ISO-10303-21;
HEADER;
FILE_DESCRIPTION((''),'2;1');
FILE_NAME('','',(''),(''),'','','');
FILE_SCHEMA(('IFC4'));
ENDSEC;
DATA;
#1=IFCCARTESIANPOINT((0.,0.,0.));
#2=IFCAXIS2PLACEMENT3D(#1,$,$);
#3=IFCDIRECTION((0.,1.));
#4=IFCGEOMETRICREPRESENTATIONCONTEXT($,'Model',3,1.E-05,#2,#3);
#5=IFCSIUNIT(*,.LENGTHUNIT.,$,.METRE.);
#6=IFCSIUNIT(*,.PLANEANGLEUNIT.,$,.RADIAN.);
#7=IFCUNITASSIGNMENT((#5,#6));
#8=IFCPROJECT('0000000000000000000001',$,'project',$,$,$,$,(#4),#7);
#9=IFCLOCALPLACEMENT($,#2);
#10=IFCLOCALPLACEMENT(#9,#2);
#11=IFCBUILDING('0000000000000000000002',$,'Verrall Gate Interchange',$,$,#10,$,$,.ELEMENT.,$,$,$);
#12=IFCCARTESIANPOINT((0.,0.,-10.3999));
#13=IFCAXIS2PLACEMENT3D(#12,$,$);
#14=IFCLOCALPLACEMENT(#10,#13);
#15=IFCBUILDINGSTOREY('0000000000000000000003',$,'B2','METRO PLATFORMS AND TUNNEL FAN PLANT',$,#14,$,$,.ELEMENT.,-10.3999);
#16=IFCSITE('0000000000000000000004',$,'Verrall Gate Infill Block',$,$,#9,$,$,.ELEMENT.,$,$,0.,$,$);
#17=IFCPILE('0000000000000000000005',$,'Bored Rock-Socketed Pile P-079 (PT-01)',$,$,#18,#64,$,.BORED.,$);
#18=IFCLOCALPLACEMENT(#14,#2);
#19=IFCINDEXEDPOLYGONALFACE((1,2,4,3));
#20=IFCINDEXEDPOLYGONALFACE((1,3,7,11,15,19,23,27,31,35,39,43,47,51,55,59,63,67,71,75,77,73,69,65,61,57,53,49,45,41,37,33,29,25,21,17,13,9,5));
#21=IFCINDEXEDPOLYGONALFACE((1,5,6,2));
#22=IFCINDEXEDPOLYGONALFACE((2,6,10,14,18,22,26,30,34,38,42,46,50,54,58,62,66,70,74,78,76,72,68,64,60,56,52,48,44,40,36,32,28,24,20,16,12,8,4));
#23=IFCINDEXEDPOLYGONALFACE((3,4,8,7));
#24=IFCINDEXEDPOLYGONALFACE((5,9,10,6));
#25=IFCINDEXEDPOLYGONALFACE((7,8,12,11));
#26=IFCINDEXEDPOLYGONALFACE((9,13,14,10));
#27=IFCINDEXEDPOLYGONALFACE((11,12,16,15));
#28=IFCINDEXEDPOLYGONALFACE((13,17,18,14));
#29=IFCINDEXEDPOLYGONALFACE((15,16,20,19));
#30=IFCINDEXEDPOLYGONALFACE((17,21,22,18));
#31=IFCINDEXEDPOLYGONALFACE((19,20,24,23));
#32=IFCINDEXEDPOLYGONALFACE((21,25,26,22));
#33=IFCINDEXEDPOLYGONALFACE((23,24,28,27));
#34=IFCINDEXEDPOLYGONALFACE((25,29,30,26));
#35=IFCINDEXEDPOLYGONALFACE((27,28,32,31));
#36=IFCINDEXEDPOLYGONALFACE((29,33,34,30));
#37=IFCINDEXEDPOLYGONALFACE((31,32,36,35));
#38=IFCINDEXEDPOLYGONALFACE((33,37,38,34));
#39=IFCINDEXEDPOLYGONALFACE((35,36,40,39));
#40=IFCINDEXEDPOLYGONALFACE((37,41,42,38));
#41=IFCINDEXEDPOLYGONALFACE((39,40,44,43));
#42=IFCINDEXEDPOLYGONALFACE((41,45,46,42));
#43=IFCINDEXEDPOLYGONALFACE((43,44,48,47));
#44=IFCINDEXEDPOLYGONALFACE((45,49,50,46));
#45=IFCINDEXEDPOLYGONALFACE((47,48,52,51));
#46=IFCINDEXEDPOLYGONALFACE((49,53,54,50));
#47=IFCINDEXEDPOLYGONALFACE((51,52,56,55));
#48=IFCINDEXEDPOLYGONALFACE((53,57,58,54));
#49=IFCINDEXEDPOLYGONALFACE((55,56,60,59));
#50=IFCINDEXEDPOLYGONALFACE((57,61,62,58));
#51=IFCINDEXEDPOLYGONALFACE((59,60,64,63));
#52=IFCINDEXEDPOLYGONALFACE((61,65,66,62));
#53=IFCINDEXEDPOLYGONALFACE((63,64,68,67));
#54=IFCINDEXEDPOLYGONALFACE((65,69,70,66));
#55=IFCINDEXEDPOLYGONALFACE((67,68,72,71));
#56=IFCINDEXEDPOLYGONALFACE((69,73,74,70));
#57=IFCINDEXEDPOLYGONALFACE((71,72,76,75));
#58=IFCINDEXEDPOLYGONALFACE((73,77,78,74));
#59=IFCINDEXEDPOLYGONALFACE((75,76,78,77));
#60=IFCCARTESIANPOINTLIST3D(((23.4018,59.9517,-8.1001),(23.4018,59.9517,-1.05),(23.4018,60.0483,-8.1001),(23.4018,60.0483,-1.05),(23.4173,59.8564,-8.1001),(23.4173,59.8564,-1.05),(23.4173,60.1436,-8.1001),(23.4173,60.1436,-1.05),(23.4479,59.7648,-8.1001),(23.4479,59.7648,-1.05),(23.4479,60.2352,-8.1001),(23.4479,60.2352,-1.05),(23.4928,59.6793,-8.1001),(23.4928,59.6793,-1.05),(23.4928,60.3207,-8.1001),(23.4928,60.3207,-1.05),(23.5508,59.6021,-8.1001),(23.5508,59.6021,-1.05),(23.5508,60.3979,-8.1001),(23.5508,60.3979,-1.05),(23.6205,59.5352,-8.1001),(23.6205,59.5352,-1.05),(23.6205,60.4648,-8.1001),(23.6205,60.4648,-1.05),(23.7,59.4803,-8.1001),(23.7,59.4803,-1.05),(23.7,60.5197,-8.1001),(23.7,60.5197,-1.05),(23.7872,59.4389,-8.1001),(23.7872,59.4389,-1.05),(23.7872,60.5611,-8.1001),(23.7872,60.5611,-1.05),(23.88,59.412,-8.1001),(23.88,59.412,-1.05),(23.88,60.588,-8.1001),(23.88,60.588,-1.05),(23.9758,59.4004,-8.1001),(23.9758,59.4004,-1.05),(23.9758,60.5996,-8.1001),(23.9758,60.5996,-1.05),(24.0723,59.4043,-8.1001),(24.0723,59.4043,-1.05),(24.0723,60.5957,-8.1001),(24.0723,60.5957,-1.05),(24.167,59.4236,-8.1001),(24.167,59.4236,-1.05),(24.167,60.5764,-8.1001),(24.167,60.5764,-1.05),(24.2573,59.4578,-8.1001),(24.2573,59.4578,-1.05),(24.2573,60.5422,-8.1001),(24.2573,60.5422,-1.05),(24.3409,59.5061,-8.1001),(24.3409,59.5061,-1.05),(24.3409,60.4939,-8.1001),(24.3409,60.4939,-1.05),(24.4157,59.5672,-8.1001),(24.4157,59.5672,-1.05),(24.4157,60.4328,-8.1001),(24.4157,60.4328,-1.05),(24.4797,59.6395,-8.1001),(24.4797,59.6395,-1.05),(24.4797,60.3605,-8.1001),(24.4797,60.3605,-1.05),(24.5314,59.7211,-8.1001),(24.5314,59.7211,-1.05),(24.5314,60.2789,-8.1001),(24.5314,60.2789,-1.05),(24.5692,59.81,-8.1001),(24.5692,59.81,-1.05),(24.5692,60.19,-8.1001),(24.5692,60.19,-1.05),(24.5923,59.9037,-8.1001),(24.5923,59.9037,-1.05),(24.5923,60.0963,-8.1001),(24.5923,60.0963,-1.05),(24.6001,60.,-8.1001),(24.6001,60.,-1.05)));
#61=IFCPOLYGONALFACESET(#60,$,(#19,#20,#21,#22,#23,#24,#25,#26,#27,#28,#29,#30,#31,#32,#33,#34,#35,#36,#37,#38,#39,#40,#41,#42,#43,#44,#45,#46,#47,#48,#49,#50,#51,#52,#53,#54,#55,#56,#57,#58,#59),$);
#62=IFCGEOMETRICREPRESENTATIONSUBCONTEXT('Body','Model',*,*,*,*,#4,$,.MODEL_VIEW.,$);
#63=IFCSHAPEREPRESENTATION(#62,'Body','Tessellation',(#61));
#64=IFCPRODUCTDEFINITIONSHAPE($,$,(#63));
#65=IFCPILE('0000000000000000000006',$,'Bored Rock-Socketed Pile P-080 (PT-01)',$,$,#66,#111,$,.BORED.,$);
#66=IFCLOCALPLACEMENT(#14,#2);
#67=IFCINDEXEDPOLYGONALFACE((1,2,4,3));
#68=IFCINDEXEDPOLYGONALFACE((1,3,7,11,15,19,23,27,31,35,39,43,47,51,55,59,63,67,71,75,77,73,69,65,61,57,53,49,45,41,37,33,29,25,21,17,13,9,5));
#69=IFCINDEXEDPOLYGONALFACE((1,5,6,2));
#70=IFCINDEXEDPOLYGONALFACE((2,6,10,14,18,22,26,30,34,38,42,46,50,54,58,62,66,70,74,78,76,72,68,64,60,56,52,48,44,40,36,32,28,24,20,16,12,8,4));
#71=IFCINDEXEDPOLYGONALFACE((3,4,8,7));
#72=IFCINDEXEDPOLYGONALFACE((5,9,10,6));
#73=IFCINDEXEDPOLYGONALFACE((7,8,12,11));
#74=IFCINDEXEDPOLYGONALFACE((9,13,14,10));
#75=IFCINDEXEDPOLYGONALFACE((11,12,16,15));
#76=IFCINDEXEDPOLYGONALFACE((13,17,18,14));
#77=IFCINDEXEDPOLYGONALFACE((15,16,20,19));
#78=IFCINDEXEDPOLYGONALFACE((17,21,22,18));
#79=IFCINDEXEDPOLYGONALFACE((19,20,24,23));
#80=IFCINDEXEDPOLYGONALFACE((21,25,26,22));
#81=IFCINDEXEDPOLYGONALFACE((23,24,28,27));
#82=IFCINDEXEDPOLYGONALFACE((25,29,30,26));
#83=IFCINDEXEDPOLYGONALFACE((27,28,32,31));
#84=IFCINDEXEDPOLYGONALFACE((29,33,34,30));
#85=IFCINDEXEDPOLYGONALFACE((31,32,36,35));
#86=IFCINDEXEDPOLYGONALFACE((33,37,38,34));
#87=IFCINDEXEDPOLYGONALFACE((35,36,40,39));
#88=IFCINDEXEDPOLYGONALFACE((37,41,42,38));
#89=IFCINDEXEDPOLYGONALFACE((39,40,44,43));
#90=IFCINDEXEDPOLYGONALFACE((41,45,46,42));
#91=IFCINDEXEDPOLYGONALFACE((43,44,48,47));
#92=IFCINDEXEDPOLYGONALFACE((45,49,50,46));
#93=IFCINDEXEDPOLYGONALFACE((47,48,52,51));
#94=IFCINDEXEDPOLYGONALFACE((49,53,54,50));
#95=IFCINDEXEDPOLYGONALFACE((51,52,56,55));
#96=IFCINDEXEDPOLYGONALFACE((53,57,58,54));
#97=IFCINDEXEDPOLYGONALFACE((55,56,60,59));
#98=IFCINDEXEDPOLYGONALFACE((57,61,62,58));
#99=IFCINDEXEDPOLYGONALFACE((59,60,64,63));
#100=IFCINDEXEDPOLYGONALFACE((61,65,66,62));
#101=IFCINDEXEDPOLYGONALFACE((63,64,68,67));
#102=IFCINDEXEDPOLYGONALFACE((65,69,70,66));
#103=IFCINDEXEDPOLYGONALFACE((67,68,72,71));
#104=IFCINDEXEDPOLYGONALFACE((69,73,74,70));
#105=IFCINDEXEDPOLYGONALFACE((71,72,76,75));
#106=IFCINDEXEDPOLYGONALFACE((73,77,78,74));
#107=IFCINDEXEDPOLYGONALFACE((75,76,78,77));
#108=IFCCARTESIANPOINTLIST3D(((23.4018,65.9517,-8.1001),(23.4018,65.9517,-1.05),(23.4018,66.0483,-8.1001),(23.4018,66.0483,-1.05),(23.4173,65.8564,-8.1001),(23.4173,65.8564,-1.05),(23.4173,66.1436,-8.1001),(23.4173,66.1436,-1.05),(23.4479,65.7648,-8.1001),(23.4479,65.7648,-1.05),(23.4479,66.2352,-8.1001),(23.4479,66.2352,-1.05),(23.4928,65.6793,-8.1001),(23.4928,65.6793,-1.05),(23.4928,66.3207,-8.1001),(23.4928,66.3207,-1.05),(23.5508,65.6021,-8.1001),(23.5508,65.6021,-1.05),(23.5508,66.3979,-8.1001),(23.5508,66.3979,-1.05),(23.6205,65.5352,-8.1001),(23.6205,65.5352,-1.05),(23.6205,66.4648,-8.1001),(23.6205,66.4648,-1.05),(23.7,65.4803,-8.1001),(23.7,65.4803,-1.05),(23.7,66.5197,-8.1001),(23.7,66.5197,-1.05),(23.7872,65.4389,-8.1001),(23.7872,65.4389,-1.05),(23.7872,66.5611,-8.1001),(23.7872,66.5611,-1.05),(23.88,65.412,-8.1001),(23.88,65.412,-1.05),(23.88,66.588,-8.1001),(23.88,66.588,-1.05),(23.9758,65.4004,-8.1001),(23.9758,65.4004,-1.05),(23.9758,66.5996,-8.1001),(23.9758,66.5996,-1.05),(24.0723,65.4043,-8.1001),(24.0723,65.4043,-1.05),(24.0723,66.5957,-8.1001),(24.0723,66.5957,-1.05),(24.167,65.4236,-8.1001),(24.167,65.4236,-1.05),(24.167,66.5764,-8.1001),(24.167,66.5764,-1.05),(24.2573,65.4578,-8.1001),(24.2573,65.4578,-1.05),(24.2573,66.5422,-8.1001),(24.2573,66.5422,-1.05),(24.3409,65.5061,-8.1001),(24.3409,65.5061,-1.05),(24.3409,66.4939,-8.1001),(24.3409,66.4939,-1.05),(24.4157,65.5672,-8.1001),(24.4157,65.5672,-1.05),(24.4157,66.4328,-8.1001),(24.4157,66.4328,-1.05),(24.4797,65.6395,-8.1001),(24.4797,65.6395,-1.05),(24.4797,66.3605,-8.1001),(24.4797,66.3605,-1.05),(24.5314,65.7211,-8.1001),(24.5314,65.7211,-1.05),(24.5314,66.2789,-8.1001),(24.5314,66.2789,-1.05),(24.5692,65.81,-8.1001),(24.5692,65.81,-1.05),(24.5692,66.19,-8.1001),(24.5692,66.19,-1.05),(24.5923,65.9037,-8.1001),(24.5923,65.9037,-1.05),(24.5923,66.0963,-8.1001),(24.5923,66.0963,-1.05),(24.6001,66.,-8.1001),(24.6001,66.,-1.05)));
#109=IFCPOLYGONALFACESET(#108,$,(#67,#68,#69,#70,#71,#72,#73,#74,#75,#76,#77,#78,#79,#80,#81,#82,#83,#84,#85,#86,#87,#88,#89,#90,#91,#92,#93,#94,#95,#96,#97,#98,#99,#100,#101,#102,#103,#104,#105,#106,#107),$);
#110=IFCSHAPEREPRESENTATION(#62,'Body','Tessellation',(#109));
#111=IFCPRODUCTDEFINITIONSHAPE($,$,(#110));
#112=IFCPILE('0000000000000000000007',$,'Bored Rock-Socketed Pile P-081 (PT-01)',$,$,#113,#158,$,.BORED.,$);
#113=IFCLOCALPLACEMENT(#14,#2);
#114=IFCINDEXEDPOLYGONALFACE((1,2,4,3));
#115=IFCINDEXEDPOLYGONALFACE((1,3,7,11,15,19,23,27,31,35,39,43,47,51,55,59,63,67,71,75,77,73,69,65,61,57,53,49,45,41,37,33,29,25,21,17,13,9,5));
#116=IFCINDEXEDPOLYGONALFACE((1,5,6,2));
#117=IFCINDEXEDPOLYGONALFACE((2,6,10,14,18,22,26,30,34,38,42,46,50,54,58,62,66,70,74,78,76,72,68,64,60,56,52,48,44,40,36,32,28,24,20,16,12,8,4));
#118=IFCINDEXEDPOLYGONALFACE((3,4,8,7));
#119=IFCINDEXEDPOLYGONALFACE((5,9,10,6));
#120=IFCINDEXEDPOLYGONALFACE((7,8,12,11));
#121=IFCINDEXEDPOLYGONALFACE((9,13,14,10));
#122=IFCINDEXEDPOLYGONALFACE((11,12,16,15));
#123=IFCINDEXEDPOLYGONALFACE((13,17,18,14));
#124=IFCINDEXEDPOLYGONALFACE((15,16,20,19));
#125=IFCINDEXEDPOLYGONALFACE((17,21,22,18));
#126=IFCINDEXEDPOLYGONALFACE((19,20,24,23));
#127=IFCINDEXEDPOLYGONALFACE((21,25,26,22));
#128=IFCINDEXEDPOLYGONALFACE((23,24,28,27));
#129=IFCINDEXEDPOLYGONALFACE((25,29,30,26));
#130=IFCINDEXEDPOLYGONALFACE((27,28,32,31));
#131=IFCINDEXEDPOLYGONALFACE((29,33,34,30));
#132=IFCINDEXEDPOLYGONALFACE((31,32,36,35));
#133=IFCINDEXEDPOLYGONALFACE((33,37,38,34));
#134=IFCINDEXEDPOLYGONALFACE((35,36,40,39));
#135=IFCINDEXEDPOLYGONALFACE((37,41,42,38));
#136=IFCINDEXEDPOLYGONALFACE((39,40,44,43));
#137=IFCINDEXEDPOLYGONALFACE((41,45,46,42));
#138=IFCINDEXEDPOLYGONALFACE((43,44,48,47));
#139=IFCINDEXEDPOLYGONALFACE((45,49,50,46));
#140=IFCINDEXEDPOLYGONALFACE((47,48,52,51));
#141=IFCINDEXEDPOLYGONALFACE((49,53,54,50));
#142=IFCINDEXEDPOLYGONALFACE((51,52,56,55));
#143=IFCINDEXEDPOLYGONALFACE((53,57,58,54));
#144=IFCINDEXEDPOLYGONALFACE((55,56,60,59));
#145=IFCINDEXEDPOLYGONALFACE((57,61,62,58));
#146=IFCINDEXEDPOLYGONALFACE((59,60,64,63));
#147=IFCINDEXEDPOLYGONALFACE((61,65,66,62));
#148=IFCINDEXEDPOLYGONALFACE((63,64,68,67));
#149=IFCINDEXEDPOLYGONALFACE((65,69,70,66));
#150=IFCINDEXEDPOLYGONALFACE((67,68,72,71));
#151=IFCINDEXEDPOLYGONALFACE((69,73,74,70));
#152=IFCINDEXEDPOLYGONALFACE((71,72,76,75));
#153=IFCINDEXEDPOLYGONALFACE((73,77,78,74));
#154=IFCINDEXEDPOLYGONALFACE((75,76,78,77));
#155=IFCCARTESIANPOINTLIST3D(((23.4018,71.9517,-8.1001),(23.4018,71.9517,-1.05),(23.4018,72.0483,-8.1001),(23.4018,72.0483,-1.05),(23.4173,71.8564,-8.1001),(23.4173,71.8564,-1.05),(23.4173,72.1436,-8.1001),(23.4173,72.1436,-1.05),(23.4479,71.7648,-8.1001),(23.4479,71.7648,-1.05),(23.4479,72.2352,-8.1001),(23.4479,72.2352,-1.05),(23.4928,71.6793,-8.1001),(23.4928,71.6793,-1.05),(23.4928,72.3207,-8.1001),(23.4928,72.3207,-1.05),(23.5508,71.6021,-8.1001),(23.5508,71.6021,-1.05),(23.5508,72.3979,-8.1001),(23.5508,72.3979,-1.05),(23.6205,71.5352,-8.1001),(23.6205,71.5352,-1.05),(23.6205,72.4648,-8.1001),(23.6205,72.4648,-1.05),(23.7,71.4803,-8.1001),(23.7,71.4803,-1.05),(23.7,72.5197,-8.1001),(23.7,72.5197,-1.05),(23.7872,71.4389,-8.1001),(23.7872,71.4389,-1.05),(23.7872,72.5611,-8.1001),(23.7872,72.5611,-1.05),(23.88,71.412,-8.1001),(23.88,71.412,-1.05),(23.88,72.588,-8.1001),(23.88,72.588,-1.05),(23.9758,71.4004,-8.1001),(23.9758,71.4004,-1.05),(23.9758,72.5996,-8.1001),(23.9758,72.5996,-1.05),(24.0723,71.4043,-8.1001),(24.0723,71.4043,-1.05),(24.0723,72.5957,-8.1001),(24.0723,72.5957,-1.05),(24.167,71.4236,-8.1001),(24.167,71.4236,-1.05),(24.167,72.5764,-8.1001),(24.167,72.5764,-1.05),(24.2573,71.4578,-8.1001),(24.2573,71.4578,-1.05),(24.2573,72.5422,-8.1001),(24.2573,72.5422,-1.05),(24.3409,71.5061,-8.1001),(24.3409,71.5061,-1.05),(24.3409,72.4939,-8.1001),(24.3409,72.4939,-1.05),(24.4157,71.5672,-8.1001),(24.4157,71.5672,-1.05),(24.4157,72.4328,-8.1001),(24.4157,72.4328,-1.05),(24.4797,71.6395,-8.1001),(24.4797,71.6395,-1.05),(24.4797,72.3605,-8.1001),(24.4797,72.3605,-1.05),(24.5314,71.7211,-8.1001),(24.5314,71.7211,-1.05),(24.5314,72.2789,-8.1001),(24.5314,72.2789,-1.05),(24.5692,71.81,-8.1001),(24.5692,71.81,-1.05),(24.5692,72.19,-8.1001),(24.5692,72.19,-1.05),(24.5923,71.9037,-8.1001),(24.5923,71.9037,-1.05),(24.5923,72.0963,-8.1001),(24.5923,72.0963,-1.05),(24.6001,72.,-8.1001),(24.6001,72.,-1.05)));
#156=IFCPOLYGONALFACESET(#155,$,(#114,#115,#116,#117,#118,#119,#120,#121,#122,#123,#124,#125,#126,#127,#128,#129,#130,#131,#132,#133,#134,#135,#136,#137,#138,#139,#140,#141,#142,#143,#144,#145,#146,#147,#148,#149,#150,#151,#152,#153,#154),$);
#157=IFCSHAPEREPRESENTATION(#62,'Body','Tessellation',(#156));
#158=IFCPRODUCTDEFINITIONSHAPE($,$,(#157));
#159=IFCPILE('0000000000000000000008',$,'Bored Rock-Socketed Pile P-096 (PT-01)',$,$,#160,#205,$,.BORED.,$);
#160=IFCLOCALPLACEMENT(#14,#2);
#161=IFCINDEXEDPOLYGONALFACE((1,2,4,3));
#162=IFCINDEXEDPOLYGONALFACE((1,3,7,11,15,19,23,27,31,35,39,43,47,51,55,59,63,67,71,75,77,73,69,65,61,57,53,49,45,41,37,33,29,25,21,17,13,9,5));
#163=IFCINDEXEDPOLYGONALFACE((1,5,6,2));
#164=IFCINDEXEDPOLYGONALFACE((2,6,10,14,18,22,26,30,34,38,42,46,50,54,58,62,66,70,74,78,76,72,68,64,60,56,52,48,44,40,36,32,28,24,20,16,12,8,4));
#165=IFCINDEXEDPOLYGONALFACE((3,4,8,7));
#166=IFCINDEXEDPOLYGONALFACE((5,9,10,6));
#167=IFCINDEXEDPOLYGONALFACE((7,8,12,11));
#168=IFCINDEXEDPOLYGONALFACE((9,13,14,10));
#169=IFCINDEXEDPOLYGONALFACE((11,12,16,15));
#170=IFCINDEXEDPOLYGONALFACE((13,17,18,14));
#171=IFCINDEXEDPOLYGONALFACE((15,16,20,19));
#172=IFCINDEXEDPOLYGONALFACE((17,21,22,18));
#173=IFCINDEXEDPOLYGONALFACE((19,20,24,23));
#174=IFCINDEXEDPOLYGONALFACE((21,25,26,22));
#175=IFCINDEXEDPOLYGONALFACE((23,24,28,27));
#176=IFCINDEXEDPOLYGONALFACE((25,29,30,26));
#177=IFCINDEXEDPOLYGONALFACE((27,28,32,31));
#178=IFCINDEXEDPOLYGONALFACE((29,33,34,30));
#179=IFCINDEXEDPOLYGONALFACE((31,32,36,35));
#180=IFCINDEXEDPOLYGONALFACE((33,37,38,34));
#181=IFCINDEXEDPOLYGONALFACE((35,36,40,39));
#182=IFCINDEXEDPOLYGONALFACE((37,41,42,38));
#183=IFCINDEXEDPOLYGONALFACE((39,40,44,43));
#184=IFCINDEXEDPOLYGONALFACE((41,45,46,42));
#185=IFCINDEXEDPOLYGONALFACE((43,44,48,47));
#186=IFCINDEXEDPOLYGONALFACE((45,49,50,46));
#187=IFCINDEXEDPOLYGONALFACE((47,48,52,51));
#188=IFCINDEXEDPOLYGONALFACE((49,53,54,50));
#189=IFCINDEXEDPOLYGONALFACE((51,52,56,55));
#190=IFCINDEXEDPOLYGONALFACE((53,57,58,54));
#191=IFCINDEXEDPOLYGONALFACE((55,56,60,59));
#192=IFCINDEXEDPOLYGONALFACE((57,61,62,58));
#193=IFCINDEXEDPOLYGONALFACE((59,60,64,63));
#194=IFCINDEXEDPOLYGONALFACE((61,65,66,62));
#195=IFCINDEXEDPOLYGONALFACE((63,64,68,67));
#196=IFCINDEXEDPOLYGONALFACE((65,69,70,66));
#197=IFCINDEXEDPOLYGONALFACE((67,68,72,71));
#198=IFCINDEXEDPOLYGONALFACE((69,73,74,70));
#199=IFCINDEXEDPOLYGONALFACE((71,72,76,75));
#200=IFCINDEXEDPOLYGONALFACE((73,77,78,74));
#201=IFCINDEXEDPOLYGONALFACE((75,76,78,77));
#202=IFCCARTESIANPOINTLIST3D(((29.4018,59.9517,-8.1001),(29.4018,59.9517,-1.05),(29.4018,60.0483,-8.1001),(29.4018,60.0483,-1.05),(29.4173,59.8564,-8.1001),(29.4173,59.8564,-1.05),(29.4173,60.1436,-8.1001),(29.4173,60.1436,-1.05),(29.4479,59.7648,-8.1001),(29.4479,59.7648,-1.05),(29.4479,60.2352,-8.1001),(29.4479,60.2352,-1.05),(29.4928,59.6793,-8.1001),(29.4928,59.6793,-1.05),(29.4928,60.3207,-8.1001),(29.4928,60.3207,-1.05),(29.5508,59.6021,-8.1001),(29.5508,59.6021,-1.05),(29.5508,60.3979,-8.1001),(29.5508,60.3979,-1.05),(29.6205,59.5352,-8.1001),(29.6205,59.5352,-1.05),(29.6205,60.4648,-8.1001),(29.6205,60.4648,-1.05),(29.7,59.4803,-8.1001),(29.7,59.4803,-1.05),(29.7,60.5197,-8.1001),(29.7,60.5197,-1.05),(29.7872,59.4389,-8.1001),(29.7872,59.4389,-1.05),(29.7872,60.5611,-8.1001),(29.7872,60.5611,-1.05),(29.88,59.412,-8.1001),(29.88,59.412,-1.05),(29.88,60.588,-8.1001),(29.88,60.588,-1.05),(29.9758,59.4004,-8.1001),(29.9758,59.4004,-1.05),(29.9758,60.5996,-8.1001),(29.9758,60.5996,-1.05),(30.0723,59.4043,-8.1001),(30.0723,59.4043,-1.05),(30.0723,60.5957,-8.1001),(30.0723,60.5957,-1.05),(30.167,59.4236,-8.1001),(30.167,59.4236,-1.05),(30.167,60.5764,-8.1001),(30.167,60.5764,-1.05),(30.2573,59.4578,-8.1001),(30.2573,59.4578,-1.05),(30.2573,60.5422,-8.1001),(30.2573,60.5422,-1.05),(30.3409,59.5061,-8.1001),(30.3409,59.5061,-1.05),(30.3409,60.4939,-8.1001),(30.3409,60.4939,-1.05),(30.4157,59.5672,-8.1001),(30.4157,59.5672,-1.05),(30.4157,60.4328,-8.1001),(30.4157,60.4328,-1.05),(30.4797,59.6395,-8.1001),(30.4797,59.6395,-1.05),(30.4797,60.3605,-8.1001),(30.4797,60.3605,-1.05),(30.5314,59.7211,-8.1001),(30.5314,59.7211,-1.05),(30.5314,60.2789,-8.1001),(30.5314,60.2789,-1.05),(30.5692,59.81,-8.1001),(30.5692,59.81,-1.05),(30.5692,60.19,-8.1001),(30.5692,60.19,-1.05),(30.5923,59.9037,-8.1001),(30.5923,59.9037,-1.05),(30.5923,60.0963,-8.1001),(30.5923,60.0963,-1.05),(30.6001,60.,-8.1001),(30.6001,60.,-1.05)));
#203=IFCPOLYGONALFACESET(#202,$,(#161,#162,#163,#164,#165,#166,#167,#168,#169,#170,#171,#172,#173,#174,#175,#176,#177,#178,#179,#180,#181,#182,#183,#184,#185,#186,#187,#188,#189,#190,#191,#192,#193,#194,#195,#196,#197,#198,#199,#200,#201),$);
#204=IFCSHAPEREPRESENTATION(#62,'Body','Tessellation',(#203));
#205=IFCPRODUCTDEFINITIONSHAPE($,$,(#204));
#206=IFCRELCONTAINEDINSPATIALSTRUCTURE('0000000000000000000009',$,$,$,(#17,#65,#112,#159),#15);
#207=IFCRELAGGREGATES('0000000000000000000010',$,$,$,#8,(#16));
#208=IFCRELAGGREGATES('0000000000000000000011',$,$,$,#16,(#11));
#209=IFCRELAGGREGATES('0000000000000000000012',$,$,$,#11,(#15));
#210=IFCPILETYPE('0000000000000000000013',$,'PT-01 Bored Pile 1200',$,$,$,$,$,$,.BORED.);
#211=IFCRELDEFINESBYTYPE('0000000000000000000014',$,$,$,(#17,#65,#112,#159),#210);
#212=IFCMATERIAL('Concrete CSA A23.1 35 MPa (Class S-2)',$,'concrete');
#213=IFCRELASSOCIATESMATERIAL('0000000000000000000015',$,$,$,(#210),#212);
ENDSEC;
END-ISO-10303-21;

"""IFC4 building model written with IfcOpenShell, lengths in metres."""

from ifc_helpers import new_model, si_unit, direction, frame, origin, origin_2d, place, context, subcontext, project, spatial, circle, extrude, material, material_profile, profile_set, type_object, element, save


model = new_model("IFC4")

# Units and contexts
model_context = context("Model", 3, precision=1e-05, world=origin(), true_north=direction((0.0, 1.0)))
body_context = subcontext(model_context, "Body", "Model", "MODEL_VIEW")
ifc_project = project(units=[si_unit("LENGTHUNIT", "METRE"), si_unit("PLANEANGLEUNIT", "RADIAN")], contexts=[model_context])

# Site, building, storey
site_placement = place(None, origin())
site = spatial("IfcSite", under=ifc_project, at=site_placement, Name="Verrall Gate Infill Block", CompositionType="ELEMENT", RefElevation=0.0)
building_placement = place(site_placement, origin())
building = spatial("IfcBuilding", under=site, at=building_placement, Name="Verrall Gate Interchange", CompositionType="ELEMENT")
storey_placement = place(building_placement, frame((0.0, 0.0, -10.3999)))
storey = spatial("IfcBuildingStorey", under=building, at=storey_placement, Name="B2", Description="METRO PLATFORMS AND TUNNEL FAN PLANT", CompositionType="ELEMENT", Elevation=-10.3999)

# Piles
ifc_material_1 = material(Name="Concrete CSA A23.1 35 MPa (Class S-2)", Category="concrete")
ifc_material_profile_1 = material_profile(ifc_material_1, circle(Radius=0.6001, at=origin_2d()), Name="PILE1200D")
ifc_profile_set_1 = profile_set([ifc_material_profile_1], Name="Concrete CSA A23.1 35 MPa (Class S-2)")
pile_type = type_object("IfcPileType", Name="PT-01 Bored Pile 1200", PredefinedType="BORED", material=ifc_profile_set_1)
for number, where, z_axis, x_axis, name in (
    (1, (24.0, 60.0, -1.05), (0.0, 0.0, -1.0), (1.0, 0.0, 0.0), "Bored Rock-Socketed Pile P-079 (PT-01)"),
    (2, (24.0, 66.0, -1.05), (0.0, 0.0, -1.0), (1.0, 0.0, 0.0), "Bored Rock-Socketed Pile P-080 (PT-01)"),
    (3, (24.0, 72.0, -1.05), (0.0, 0.0, -1.0), (1.0, 0.0, 0.0), "Bored Rock-Socketed Pile P-081 (PT-01)"),
    (4, (30.0, 60.0, -1.05), (0.0, 0.0, -1.0), (1.0, 0.0, 0.0), "Bored Rock-Socketed Pile P-096 (PT-01)"),
):
    element("IfcPile", number, at=place(storey_placement, frame(where, z_axis=z_axis, x_axis=x_axis)), inside=storey, type_object=pile_type, Name=name, PredefinedType="BORED", context=body_context, shape_type="SweptSolid", body=[
        extrude(circle(Radius=0.6001, at=origin_2d()), origin(), (0.0, 0.0, 1.0), 7.05),
    ])

save(model, "model.ifc")
